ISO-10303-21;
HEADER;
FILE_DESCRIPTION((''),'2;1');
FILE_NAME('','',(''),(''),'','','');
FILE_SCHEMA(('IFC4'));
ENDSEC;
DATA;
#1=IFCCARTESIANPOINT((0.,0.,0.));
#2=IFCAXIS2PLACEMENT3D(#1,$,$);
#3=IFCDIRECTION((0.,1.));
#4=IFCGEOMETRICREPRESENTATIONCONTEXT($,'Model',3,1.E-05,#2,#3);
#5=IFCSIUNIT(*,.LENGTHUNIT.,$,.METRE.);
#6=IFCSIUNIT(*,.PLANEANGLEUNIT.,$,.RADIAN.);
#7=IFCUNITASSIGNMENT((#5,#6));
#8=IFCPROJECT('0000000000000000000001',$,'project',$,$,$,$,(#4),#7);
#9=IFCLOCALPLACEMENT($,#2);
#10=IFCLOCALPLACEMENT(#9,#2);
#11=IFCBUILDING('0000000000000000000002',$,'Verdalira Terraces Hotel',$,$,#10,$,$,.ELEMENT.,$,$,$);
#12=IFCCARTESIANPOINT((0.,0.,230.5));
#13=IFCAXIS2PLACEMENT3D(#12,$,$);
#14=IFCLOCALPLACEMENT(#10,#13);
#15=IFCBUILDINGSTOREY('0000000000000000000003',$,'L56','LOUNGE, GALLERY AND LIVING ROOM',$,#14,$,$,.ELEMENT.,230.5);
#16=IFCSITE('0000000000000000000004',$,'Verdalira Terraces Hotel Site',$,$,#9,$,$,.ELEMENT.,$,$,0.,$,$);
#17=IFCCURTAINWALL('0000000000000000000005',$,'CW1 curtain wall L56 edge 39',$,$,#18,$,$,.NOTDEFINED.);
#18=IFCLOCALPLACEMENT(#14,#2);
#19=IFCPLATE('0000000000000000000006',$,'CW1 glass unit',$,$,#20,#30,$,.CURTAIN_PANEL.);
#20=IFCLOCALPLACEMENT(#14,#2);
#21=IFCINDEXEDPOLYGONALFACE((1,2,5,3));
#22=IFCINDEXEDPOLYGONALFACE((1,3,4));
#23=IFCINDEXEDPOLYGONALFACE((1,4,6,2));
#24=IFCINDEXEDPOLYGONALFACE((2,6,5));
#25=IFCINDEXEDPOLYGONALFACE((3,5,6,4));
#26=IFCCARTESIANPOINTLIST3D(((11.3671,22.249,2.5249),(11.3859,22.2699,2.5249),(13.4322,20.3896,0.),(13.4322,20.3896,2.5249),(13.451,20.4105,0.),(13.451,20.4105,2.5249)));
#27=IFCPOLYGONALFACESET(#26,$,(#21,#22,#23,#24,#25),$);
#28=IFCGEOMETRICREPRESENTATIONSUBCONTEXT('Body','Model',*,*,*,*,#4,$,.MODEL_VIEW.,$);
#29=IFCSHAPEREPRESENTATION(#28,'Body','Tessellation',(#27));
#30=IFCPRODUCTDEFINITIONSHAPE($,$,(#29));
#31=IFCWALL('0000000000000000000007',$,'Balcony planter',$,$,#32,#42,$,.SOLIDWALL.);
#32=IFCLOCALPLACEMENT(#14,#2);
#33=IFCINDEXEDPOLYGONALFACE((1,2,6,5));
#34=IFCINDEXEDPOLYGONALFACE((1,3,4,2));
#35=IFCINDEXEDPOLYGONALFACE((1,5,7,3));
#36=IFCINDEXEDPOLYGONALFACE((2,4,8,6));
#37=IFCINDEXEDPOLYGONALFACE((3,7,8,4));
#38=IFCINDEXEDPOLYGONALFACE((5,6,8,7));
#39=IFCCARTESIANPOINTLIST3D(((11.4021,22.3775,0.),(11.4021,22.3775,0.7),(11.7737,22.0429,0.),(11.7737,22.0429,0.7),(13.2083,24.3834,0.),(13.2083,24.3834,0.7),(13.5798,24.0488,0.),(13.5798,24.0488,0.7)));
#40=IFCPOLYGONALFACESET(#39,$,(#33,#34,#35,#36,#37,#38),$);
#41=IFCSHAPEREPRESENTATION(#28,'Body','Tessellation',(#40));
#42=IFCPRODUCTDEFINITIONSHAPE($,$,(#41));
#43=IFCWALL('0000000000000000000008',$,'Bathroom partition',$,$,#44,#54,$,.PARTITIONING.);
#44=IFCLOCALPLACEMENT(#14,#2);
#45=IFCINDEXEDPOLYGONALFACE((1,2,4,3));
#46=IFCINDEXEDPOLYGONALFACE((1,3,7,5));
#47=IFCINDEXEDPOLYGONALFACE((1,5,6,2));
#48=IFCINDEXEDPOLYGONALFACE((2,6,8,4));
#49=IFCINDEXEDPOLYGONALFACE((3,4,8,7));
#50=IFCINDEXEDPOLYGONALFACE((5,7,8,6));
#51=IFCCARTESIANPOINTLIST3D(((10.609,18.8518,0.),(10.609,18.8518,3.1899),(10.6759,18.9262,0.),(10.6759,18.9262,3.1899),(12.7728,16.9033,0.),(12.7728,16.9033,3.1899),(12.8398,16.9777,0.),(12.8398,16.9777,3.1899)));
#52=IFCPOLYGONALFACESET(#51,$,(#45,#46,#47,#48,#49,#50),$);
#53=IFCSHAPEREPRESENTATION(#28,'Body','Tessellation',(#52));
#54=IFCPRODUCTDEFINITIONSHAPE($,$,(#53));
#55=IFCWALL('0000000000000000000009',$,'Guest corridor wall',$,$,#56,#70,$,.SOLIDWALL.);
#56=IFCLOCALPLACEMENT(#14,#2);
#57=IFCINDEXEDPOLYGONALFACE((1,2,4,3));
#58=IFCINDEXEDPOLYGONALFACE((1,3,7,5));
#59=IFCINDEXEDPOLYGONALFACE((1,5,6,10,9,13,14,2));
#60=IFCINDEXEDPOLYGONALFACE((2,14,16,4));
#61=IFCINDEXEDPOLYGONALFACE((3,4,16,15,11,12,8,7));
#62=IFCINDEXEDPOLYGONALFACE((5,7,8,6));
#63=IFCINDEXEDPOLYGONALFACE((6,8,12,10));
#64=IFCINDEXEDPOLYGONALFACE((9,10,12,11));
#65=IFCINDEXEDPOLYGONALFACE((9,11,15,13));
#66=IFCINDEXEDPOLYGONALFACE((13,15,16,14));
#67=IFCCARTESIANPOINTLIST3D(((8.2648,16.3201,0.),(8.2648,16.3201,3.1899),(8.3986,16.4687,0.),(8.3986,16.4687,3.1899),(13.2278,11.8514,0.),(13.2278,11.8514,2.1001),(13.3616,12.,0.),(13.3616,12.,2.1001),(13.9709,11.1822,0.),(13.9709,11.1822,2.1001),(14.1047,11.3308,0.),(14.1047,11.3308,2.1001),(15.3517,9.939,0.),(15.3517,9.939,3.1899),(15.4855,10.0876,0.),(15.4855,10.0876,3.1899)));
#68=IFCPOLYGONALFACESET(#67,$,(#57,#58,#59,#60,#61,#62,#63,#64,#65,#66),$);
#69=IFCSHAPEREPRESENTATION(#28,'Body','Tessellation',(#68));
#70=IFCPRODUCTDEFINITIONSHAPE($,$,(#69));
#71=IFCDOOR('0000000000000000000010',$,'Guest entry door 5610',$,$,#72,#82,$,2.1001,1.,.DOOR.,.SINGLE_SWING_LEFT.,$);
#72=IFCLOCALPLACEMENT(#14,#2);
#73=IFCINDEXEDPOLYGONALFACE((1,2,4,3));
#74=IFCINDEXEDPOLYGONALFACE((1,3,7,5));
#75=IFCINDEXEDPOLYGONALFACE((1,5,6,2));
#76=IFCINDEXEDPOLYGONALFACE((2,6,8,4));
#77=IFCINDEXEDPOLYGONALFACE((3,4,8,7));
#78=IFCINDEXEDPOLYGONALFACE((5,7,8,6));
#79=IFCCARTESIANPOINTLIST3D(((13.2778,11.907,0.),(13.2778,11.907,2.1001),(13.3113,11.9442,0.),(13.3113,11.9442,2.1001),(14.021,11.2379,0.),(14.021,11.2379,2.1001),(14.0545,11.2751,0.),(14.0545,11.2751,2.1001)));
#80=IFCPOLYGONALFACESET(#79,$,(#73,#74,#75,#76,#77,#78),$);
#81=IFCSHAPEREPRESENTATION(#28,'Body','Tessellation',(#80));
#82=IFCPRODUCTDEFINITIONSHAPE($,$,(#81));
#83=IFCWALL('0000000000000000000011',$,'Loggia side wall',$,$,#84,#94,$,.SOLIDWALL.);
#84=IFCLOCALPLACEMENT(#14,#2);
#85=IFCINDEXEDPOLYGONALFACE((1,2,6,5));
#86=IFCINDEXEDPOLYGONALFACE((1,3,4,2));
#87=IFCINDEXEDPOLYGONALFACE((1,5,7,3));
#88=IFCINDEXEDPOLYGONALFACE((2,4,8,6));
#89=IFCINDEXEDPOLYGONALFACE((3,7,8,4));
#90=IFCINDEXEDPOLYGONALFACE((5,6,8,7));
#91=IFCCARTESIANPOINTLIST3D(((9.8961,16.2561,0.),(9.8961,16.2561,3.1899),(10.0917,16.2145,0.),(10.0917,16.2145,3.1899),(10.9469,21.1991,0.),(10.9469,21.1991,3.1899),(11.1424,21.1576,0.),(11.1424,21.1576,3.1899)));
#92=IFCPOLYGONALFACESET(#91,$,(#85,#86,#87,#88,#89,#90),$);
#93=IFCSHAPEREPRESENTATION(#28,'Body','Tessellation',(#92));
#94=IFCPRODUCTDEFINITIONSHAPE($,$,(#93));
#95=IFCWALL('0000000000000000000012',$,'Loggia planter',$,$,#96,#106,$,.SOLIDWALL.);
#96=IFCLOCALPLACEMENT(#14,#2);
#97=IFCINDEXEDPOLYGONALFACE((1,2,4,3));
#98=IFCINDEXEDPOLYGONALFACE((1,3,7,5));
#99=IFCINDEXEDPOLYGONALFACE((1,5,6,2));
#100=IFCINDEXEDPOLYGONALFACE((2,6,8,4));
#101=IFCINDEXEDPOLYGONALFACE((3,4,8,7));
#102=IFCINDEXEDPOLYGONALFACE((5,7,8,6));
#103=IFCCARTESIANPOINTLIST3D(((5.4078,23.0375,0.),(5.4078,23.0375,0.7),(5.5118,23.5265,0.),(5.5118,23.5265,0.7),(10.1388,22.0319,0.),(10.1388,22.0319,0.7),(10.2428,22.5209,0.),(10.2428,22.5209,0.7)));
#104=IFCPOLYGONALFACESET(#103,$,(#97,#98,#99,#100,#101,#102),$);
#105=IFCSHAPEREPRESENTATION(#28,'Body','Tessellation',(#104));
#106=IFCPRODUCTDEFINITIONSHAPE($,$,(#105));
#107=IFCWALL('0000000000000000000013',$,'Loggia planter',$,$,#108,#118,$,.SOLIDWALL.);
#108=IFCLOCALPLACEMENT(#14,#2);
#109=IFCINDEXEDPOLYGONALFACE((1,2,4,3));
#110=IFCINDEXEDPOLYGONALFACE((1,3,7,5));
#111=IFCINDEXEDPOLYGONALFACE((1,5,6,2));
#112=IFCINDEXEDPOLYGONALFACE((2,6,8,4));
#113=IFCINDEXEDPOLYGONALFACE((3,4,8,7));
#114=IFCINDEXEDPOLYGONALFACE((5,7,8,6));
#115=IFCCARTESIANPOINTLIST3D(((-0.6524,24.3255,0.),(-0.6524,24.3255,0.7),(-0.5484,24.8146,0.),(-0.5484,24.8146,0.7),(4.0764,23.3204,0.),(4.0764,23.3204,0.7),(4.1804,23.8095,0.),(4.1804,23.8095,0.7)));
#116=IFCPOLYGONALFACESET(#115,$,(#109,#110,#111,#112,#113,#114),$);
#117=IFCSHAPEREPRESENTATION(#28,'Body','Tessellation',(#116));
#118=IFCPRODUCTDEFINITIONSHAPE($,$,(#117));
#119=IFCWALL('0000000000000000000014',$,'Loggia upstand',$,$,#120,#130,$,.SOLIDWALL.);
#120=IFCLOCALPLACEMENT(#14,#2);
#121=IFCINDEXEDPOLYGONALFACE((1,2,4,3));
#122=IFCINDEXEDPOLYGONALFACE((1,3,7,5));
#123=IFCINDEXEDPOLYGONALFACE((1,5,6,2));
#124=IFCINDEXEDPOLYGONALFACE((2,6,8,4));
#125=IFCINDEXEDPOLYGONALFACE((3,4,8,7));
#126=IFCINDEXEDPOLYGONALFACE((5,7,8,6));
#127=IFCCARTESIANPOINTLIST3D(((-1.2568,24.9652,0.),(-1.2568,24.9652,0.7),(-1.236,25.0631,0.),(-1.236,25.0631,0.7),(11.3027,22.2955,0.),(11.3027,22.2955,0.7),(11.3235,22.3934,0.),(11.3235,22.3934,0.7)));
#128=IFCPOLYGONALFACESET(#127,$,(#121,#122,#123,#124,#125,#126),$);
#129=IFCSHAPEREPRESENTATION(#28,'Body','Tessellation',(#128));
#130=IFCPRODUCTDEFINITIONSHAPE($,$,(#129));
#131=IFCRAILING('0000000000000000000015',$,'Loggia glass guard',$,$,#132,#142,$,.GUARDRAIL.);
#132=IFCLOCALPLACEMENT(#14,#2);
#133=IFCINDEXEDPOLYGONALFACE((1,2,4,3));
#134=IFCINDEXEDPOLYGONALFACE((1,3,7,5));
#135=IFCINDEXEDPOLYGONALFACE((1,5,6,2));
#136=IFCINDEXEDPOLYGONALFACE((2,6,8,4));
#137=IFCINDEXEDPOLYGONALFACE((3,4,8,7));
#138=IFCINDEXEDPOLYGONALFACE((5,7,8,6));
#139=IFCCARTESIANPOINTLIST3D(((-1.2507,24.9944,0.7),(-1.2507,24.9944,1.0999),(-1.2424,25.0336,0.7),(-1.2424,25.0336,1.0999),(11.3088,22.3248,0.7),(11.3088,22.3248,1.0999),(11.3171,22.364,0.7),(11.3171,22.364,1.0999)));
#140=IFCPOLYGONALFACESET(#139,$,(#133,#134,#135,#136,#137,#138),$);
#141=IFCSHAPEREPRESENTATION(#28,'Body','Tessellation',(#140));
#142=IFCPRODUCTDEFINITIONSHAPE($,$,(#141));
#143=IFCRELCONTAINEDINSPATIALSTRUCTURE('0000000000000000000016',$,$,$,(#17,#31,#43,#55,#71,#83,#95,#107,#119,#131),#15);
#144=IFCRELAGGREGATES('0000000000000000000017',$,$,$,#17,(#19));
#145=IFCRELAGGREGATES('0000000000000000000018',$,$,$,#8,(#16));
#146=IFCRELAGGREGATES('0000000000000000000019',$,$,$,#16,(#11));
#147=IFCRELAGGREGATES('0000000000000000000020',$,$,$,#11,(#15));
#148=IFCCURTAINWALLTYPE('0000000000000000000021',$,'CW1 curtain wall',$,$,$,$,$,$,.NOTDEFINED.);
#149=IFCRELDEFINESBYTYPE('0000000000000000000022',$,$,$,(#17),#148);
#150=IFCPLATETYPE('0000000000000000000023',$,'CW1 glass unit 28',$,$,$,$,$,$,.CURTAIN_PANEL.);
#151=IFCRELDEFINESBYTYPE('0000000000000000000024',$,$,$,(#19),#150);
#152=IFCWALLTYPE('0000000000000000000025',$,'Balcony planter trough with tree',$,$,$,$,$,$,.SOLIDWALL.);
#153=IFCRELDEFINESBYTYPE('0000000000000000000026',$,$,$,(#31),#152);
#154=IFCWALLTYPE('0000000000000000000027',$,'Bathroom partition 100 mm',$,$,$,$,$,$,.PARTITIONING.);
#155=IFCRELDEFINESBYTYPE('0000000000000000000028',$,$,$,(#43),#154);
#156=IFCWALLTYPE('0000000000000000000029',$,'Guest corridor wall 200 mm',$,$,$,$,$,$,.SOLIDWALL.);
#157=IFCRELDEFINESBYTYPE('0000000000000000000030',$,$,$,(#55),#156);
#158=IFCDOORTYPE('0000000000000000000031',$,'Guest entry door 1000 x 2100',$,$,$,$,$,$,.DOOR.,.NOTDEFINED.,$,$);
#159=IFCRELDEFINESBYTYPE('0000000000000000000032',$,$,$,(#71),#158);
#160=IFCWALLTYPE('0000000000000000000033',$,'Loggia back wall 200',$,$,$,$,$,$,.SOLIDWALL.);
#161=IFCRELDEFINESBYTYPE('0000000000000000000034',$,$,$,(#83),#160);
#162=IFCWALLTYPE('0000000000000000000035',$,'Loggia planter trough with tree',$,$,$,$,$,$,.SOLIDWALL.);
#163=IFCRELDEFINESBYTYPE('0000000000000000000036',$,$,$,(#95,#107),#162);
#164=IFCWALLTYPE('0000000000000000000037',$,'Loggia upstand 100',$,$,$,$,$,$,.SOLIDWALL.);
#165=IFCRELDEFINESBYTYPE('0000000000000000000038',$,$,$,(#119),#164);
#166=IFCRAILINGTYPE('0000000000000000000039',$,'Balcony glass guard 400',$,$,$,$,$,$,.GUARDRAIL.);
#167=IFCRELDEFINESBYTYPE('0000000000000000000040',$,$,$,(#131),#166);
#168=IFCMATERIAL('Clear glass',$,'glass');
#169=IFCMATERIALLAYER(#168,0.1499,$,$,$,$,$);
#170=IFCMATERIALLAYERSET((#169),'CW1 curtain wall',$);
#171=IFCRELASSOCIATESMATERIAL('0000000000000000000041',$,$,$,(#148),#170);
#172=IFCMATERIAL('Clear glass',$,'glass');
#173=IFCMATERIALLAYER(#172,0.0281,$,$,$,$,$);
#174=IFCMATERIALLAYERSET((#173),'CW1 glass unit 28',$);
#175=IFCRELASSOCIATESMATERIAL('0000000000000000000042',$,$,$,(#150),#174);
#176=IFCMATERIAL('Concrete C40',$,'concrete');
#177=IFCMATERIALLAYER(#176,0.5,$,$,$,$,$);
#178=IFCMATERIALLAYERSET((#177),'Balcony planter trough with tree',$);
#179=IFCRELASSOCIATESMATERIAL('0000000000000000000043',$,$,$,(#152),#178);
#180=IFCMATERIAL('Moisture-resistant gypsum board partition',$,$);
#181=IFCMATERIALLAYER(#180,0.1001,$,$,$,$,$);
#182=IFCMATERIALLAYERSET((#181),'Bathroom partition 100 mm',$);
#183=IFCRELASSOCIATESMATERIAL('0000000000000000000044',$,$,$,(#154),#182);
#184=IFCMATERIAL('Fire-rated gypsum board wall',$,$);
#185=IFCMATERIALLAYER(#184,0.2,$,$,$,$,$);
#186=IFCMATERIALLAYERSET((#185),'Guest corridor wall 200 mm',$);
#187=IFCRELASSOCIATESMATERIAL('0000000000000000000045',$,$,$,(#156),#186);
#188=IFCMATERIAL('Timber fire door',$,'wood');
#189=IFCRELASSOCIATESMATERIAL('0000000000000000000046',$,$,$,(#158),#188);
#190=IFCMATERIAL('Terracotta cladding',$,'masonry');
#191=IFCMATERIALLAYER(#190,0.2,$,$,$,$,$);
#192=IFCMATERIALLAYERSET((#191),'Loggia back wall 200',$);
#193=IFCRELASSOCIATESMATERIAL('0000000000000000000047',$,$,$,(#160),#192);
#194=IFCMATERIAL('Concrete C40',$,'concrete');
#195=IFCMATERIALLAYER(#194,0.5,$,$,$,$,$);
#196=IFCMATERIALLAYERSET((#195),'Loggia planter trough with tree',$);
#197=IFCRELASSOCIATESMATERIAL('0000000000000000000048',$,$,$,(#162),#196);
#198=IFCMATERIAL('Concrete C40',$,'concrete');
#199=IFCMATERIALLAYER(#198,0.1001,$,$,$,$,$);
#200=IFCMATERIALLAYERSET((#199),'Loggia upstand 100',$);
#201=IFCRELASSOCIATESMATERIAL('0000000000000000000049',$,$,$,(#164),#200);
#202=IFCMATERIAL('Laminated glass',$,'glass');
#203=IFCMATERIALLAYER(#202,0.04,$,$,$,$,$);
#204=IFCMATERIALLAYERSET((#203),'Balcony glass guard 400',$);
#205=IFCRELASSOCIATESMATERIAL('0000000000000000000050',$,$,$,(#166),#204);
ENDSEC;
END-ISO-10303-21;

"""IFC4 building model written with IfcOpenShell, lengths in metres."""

from ifc_helpers import new_model, si_unit, direction, frame, frame_2d, origin, origin_2d, place, context, subcontext, project, spatial, polyline, rectangle, outline, extrude, material, layer, layer_set, type_object, element, fill, aggregate, save


model = new_model("IFC4")

# Units and contexts
model_context = context("Model", 3, precision=1e-05, world=origin(), true_north=direction((0.0, 1.0)))
body_context = subcontext(model_context, "Body", "Model", "MODEL_VIEW")
ifc_project = project(units=[si_unit("LENGTHUNIT", "METRE"), si_unit("PLANEANGLEUNIT", "RADIAN")], contexts=[model_context])

# Site, building, storey
site_placement = place(None, origin())
site = spatial("IfcSite", under=ifc_project, at=site_placement, Name="Verdalira Terraces Hotel Site", CompositionType="ELEMENT", RefElevation=0.0)
building_placement = place(site_placement, origin())
building = spatial("IfcBuilding", under=site, at=building_placement, Name="Verdalira Terraces Hotel", CompositionType="ELEMENT")
storey_placement = place(building_placement, frame((0.0, 0.0, 230.5)))
storey = spatial("IfcBuildingStorey", under=building, at=storey_placement, Name="L56", Description="LOUNGE, GALLERY AND LIVING ROOM", CompositionType="ELEMENT", Elevation=230.5)

# Curtain wall
ifc_material_1 = material(Name="Clear glass", Category="glass")
ifc_layer_1 = layer(ifc_material_1, 0.1499)
ifc_layer_set_1 = layer_set([ifc_layer_1], Name="CW1 curtain wall")
curtain_wall_type = type_object("IfcCurtainWallType", Name="CW1 curtain wall", PredefinedType="NOTDEFINED", material=ifc_layer_set_1)
curtain_wall_placement = place(storey_placement, origin())
curtain_wall = element("IfcCurtainWall", 1, at=curtain_wall_placement, inside=storey, type_object=curtain_wall_type, Name="CW1 curtain wall L56 edge 39", PredefinedType="NOTDEFINED")

# Plate
ifc_material_2 = material(Name="Clear glass", Category="glass")
ifc_layer_2 = layer(ifc_material_2, 0.0281)
ifc_layer_set_2 = layer_set([ifc_layer_2], Name="CW1 glass unit 28")
plate_type = type_object("IfcPlateType", Name="CW1 glass unit 28", PredefinedType="CURTAIN_PANEL", material=ifc_layer_set_2)
plate_1_placement = place(storey_placement, frame((12.3997, 21.3193, 1.2625), z_axis=(0.669131, 0.743145, 0.0), x_axis=(-0.743145, 0.669131, 0.0)))
plate_1 = element("IfcPlate", 2, at=plate_1_placement, type_object=plate_type, Name="CW1 glass unit", PredefinedType="CURTAIN_PANEL", context=body_context, shape_type="SweptSolid", body=[
    extrude(outline(polyline([(-1.3894, -1.2625), (1.3894, 1.2625), (-1.3894, 1.2625), (-1.3894, -1.2625)])), origin(), (0.0, 0.0, 1.0), 0.0281),
])
aggregate(curtain_wall, [plate_1])

# Walls
ifc_material_3 = material(Name="Concrete C40", Category="concrete")
ifc_layer_3 = layer(ifc_material_3, 0.5)
ifc_layer_set_3 = layer_set([ifc_layer_3], Name="Balcony planter trough with tree")
wall_type_1 = type_object("IfcWallType", Name="Balcony planter trough with tree", PredefinedType="SOLIDWALL", material=ifc_layer_set_3)
wall_1_placement = place(storey_placement, frame((13.394, 24.2161, 0.0), z_axis=(0.0, 0.0, 1.0), x_axis=(-0.669145, -0.743132, 0.0)))
element("IfcWall", 3, at=wall_1_placement, inside=storey, type_object=wall_type_1, Name="Balcony planter", PredefinedType="SOLIDWALL", context=body_context, shape_type="SweptSolid", body=[
    extrude(rectangle(XDim=2.6992, YDim=0.5, at=frame_2d((1.3496, 0.0))), origin(), (0.0, 0.0, 1.0), 0.7),
])
ifc_material_4 = material(Name="Moisture-resistant gypsum board partition")
ifc_layer_4 = layer(ifc_material_4, 0.1001)
ifc_layer_set_4 = layer_set([ifc_layer_4], Name="Bathroom partition 100 mm")
wall_type_2 = type_object("IfcWallType", Name="Bathroom partition 100 mm", PredefinedType="PARTITIONING", material=ifc_layer_set_4)
wall_2_placement = place(storey_placement, frame((12.8064, 16.9404, 0.0), z_axis=(0.0, 0.0, 1.0), x_axis=(-0.743115, 0.669164, 0.0)))
element("IfcWall", 4, at=wall_2_placement, inside=storey, type_object=wall_type_2, Name="Bathroom partition", PredefinedType="PARTITIONING", context=body_context, shape_type="SweptSolid", body=[
    extrude(rectangle(XDim=2.9119, YDim=0.1001, at=frame_2d((1.4561, 0.0))), origin(), (0.0, 0.0, 1.0), 3.1899),
])

# Wall, opening, door
ifc_material_5 = material(Name="Fire-rated gypsum board wall")
ifc_layer_5 = layer(ifc_material_5, 0.2)
ifc_layer_set_5 = layer_set([ifc_layer_5], Name="Guest corridor wall 200 mm")
wall_type_3 = type_object("IfcWallType", Name="Guest corridor wall 200 mm", PredefinedType="SOLIDWALL", material=ifc_layer_set_5)
wall_3_placement = place(storey_placement, frame((8.3318, 16.3943, 0.0), z_axis=(0.0, 0.0, 1.0), x_axis=(0.743144, -0.669132, 0.0)))
wall_3 = element("IfcWall", 5, at=wall_3_placement, inside=storey, type_object=wall_type_3, Name="Guest corridor wall", PredefinedType="SOLIDWALL", context=body_context, shape_type="SweptSolid", body=[
    extrude(rectangle(XDim=9.5364, YDim=0.2, at=frame_2d((4.7681, 0.0))), origin(), (0.0, 0.0, 1.0), 3.1899),
])
opening_1_placement = place(wall_3_placement, frame((6.6782, 0.0, 0.0)))
opening_1 = element("IfcOpeningElement", 6, at=opening_1_placement, cuts=wall_3, PredefinedType="OPENING", context=body_context, shape_type="SweptSolid", body=[
    extrude(rectangle(XDim=1.0, YDim=2.1001, at=frame_2d((0.5, 1.05))), frame((0.0, 0.1099, 0.0), z_axis=(0.0, -1.0, 0.0), x_axis=(1.0, 0.0, 0.0)), (0.0, 0.0, 1.0), 0.22),
])
ifc_material_6 = material(Name="Timber fire door", Category="wood")
door_type_1 = type_object("IfcDoorType", Name="Guest entry door 1000 x 2100", OperationType="NOTDEFINED", PredefinedType="DOOR", material=ifc_material_6)
door_1_placement = place(opening_1_placement, origin())
door_1 = element("IfcDoor", 7, at=door_1_placement, inside=storey, type_object=door_type_1, Name="Guest entry door 5610", OperationType="SINGLE_SWING_LEFT", OverallHeight=2.1001, OverallWidth=1.0, PredefinedType="DOOR", context=body_context, shape_type="SweptSolid", body=[
    extrude(rectangle(XDim=1.0, YDim=2.1001, at=frame_2d((0.5, 1.05))), frame((0.0, 0.0249, 0.0), z_axis=(0.0, -1.0, 0.0), x_axis=(1.0, 0.0, 0.0)), (0.0, 0.0, 1.0), 0.05),
])
fill(opening_1, door_1)

# Walls
ifc_material_7 = material(Name="Terracotta cladding", Category="masonry")
ifc_layer_6 = layer(ifc_material_7, 0.2)
ifc_layer_set_6 = layer_set([ifc_layer_6], Name="Loggia back wall 200")
wall_type_4 = type_object("IfcWallType", Name="Loggia back wall 200", PredefinedType="SOLIDWALL", material=ifc_layer_set_6)
wall_4_placement = place(storey_placement, frame((11.0447, 21.1785, 0.0), z_axis=(0.0, 0.0, 1.0), x_axis=(-0.207929, -0.978144, 0.0)))
element("IfcWall", 8, at=wall_4_placement, inside=storey, type_object=wall_type_4, Name="Loggia side wall", PredefinedType="SOLIDWALL", context=body_context, shape_type="SweptSolid", body=[
    extrude(rectangle(XDim=5.0535, YDim=0.2, at=frame_2d((2.5269, 0.0))), origin(), (0.0, 0.0, 1.0), 3.1899),
])
ifc_material_8 = material(Name="Concrete C40", Category="concrete")
ifc_layer_7 = layer(ifc_material_8, 0.5)
ifc_layer_set_7 = layer_set([ifc_layer_7], Name="Loggia planter trough with tree")
wall_type_5 = type_object("IfcWallType", Name="Loggia planter trough with tree", PredefinedType="SOLIDWALL", material=ifc_layer_set_7)
wall_5_placement = place(storey_placement, frame((10.1909, 22.2764, 0.0), z_axis=(0.0, 0.0, 1.0), x_axis=(-0.978147, 0.207916, 0.0)))
element("IfcWall", 9, at=wall_5_placement, inside=storey, type_object=wall_type_5, Name="Loggia planter", PredefinedType="SOLIDWALL", context=body_context, shape_type="SweptSolid", body=[
    extrude(rectangle(XDim=4.8367, YDim=0.5, at=frame_2d((2.4185, 0.0))), origin(), (0.0, 0.0, 1.0), 0.7),
])
wall_6_placement = place(storey_placement, frame((4.1284, 23.5649, 0.0), z_axis=(0.0, 0.0, 1.0), x_axis=(-0.978148, 0.207911, 0.0)))
element("IfcWall", 10, at=wall_6_placement, inside=storey, type_object=wall_type_5, Name="Loggia planter", PredefinedType="SOLIDWALL", context=body_context, shape_type="SweptSolid", body=[
    extrude(rectangle(XDim=4.8345, YDim=0.5, at=frame_2d((2.4172, 0.0))), origin(), (0.0, 0.0, 1.0), 0.7),
])
ifc_material_9 = material(Name="Concrete C40", Category="concrete")
ifc_layer_8 = layer(ifc_material_9, 0.1001)
ifc_layer_set_8 = layer_set([ifc_layer_8], Name="Loggia upstand 100")
wall_type_6 = type_object("IfcWallType", Name="Loggia upstand 100", PredefinedType="SOLIDWALL", material=ifc_layer_set_8)
wall_7_placement = place(storey_placement, frame((11.313, 22.3445, 0.0), z_axis=(0.0, 0.0, 1.0), x_axis=(-0.978147, 0.207916, 0.0)))
element("IfcWall", 11, at=wall_7_placement, inside=storey, type_object=wall_type_6, Name="Loggia upstand", PredefinedType="SOLIDWALL", context=body_context, shape_type="SweptSolid", body=[
    extrude(rectangle(XDim=12.8401, YDim=0.1001, at=frame_2d((6.4199, 0.0))), origin(), (0.0, 0.0, 1.0), 0.7),
])

# Railing
ifc_material_10 = material(Name="Laminated glass", Category="glass")
ifc_layer_9 = layer(ifc_material_10, 0.04)
ifc_layer_set_9 = layer_set([ifc_layer_9], Name="Balcony glass guard 400")
railing_type = type_object("IfcRailingType", Name="Balcony glass guard 400", PredefinedType="GUARDRAIL", material=ifc_layer_set_9)
railing_placement = place(storey_placement, frame((5.0332, 23.6792, 0.7), z_axis=(0.0, 0.0, 1.0), x_axis=(-0.978148, 0.207912, 0.0)))
element("IfcRailing", 12, at=railing_placement, inside=storey, type_object=railing_type, Name="Loggia glass guard", PredefinedType="GUARDRAIL", context=body_context, shape_type="SweptSolid", body=[
    extrude(rectangle(XDim=12.8401, YDim=0.04, at=origin_2d()), origin(), (0.0, 0.0, 1.0), 0.3999),
])

save(model, "model.ifc")
